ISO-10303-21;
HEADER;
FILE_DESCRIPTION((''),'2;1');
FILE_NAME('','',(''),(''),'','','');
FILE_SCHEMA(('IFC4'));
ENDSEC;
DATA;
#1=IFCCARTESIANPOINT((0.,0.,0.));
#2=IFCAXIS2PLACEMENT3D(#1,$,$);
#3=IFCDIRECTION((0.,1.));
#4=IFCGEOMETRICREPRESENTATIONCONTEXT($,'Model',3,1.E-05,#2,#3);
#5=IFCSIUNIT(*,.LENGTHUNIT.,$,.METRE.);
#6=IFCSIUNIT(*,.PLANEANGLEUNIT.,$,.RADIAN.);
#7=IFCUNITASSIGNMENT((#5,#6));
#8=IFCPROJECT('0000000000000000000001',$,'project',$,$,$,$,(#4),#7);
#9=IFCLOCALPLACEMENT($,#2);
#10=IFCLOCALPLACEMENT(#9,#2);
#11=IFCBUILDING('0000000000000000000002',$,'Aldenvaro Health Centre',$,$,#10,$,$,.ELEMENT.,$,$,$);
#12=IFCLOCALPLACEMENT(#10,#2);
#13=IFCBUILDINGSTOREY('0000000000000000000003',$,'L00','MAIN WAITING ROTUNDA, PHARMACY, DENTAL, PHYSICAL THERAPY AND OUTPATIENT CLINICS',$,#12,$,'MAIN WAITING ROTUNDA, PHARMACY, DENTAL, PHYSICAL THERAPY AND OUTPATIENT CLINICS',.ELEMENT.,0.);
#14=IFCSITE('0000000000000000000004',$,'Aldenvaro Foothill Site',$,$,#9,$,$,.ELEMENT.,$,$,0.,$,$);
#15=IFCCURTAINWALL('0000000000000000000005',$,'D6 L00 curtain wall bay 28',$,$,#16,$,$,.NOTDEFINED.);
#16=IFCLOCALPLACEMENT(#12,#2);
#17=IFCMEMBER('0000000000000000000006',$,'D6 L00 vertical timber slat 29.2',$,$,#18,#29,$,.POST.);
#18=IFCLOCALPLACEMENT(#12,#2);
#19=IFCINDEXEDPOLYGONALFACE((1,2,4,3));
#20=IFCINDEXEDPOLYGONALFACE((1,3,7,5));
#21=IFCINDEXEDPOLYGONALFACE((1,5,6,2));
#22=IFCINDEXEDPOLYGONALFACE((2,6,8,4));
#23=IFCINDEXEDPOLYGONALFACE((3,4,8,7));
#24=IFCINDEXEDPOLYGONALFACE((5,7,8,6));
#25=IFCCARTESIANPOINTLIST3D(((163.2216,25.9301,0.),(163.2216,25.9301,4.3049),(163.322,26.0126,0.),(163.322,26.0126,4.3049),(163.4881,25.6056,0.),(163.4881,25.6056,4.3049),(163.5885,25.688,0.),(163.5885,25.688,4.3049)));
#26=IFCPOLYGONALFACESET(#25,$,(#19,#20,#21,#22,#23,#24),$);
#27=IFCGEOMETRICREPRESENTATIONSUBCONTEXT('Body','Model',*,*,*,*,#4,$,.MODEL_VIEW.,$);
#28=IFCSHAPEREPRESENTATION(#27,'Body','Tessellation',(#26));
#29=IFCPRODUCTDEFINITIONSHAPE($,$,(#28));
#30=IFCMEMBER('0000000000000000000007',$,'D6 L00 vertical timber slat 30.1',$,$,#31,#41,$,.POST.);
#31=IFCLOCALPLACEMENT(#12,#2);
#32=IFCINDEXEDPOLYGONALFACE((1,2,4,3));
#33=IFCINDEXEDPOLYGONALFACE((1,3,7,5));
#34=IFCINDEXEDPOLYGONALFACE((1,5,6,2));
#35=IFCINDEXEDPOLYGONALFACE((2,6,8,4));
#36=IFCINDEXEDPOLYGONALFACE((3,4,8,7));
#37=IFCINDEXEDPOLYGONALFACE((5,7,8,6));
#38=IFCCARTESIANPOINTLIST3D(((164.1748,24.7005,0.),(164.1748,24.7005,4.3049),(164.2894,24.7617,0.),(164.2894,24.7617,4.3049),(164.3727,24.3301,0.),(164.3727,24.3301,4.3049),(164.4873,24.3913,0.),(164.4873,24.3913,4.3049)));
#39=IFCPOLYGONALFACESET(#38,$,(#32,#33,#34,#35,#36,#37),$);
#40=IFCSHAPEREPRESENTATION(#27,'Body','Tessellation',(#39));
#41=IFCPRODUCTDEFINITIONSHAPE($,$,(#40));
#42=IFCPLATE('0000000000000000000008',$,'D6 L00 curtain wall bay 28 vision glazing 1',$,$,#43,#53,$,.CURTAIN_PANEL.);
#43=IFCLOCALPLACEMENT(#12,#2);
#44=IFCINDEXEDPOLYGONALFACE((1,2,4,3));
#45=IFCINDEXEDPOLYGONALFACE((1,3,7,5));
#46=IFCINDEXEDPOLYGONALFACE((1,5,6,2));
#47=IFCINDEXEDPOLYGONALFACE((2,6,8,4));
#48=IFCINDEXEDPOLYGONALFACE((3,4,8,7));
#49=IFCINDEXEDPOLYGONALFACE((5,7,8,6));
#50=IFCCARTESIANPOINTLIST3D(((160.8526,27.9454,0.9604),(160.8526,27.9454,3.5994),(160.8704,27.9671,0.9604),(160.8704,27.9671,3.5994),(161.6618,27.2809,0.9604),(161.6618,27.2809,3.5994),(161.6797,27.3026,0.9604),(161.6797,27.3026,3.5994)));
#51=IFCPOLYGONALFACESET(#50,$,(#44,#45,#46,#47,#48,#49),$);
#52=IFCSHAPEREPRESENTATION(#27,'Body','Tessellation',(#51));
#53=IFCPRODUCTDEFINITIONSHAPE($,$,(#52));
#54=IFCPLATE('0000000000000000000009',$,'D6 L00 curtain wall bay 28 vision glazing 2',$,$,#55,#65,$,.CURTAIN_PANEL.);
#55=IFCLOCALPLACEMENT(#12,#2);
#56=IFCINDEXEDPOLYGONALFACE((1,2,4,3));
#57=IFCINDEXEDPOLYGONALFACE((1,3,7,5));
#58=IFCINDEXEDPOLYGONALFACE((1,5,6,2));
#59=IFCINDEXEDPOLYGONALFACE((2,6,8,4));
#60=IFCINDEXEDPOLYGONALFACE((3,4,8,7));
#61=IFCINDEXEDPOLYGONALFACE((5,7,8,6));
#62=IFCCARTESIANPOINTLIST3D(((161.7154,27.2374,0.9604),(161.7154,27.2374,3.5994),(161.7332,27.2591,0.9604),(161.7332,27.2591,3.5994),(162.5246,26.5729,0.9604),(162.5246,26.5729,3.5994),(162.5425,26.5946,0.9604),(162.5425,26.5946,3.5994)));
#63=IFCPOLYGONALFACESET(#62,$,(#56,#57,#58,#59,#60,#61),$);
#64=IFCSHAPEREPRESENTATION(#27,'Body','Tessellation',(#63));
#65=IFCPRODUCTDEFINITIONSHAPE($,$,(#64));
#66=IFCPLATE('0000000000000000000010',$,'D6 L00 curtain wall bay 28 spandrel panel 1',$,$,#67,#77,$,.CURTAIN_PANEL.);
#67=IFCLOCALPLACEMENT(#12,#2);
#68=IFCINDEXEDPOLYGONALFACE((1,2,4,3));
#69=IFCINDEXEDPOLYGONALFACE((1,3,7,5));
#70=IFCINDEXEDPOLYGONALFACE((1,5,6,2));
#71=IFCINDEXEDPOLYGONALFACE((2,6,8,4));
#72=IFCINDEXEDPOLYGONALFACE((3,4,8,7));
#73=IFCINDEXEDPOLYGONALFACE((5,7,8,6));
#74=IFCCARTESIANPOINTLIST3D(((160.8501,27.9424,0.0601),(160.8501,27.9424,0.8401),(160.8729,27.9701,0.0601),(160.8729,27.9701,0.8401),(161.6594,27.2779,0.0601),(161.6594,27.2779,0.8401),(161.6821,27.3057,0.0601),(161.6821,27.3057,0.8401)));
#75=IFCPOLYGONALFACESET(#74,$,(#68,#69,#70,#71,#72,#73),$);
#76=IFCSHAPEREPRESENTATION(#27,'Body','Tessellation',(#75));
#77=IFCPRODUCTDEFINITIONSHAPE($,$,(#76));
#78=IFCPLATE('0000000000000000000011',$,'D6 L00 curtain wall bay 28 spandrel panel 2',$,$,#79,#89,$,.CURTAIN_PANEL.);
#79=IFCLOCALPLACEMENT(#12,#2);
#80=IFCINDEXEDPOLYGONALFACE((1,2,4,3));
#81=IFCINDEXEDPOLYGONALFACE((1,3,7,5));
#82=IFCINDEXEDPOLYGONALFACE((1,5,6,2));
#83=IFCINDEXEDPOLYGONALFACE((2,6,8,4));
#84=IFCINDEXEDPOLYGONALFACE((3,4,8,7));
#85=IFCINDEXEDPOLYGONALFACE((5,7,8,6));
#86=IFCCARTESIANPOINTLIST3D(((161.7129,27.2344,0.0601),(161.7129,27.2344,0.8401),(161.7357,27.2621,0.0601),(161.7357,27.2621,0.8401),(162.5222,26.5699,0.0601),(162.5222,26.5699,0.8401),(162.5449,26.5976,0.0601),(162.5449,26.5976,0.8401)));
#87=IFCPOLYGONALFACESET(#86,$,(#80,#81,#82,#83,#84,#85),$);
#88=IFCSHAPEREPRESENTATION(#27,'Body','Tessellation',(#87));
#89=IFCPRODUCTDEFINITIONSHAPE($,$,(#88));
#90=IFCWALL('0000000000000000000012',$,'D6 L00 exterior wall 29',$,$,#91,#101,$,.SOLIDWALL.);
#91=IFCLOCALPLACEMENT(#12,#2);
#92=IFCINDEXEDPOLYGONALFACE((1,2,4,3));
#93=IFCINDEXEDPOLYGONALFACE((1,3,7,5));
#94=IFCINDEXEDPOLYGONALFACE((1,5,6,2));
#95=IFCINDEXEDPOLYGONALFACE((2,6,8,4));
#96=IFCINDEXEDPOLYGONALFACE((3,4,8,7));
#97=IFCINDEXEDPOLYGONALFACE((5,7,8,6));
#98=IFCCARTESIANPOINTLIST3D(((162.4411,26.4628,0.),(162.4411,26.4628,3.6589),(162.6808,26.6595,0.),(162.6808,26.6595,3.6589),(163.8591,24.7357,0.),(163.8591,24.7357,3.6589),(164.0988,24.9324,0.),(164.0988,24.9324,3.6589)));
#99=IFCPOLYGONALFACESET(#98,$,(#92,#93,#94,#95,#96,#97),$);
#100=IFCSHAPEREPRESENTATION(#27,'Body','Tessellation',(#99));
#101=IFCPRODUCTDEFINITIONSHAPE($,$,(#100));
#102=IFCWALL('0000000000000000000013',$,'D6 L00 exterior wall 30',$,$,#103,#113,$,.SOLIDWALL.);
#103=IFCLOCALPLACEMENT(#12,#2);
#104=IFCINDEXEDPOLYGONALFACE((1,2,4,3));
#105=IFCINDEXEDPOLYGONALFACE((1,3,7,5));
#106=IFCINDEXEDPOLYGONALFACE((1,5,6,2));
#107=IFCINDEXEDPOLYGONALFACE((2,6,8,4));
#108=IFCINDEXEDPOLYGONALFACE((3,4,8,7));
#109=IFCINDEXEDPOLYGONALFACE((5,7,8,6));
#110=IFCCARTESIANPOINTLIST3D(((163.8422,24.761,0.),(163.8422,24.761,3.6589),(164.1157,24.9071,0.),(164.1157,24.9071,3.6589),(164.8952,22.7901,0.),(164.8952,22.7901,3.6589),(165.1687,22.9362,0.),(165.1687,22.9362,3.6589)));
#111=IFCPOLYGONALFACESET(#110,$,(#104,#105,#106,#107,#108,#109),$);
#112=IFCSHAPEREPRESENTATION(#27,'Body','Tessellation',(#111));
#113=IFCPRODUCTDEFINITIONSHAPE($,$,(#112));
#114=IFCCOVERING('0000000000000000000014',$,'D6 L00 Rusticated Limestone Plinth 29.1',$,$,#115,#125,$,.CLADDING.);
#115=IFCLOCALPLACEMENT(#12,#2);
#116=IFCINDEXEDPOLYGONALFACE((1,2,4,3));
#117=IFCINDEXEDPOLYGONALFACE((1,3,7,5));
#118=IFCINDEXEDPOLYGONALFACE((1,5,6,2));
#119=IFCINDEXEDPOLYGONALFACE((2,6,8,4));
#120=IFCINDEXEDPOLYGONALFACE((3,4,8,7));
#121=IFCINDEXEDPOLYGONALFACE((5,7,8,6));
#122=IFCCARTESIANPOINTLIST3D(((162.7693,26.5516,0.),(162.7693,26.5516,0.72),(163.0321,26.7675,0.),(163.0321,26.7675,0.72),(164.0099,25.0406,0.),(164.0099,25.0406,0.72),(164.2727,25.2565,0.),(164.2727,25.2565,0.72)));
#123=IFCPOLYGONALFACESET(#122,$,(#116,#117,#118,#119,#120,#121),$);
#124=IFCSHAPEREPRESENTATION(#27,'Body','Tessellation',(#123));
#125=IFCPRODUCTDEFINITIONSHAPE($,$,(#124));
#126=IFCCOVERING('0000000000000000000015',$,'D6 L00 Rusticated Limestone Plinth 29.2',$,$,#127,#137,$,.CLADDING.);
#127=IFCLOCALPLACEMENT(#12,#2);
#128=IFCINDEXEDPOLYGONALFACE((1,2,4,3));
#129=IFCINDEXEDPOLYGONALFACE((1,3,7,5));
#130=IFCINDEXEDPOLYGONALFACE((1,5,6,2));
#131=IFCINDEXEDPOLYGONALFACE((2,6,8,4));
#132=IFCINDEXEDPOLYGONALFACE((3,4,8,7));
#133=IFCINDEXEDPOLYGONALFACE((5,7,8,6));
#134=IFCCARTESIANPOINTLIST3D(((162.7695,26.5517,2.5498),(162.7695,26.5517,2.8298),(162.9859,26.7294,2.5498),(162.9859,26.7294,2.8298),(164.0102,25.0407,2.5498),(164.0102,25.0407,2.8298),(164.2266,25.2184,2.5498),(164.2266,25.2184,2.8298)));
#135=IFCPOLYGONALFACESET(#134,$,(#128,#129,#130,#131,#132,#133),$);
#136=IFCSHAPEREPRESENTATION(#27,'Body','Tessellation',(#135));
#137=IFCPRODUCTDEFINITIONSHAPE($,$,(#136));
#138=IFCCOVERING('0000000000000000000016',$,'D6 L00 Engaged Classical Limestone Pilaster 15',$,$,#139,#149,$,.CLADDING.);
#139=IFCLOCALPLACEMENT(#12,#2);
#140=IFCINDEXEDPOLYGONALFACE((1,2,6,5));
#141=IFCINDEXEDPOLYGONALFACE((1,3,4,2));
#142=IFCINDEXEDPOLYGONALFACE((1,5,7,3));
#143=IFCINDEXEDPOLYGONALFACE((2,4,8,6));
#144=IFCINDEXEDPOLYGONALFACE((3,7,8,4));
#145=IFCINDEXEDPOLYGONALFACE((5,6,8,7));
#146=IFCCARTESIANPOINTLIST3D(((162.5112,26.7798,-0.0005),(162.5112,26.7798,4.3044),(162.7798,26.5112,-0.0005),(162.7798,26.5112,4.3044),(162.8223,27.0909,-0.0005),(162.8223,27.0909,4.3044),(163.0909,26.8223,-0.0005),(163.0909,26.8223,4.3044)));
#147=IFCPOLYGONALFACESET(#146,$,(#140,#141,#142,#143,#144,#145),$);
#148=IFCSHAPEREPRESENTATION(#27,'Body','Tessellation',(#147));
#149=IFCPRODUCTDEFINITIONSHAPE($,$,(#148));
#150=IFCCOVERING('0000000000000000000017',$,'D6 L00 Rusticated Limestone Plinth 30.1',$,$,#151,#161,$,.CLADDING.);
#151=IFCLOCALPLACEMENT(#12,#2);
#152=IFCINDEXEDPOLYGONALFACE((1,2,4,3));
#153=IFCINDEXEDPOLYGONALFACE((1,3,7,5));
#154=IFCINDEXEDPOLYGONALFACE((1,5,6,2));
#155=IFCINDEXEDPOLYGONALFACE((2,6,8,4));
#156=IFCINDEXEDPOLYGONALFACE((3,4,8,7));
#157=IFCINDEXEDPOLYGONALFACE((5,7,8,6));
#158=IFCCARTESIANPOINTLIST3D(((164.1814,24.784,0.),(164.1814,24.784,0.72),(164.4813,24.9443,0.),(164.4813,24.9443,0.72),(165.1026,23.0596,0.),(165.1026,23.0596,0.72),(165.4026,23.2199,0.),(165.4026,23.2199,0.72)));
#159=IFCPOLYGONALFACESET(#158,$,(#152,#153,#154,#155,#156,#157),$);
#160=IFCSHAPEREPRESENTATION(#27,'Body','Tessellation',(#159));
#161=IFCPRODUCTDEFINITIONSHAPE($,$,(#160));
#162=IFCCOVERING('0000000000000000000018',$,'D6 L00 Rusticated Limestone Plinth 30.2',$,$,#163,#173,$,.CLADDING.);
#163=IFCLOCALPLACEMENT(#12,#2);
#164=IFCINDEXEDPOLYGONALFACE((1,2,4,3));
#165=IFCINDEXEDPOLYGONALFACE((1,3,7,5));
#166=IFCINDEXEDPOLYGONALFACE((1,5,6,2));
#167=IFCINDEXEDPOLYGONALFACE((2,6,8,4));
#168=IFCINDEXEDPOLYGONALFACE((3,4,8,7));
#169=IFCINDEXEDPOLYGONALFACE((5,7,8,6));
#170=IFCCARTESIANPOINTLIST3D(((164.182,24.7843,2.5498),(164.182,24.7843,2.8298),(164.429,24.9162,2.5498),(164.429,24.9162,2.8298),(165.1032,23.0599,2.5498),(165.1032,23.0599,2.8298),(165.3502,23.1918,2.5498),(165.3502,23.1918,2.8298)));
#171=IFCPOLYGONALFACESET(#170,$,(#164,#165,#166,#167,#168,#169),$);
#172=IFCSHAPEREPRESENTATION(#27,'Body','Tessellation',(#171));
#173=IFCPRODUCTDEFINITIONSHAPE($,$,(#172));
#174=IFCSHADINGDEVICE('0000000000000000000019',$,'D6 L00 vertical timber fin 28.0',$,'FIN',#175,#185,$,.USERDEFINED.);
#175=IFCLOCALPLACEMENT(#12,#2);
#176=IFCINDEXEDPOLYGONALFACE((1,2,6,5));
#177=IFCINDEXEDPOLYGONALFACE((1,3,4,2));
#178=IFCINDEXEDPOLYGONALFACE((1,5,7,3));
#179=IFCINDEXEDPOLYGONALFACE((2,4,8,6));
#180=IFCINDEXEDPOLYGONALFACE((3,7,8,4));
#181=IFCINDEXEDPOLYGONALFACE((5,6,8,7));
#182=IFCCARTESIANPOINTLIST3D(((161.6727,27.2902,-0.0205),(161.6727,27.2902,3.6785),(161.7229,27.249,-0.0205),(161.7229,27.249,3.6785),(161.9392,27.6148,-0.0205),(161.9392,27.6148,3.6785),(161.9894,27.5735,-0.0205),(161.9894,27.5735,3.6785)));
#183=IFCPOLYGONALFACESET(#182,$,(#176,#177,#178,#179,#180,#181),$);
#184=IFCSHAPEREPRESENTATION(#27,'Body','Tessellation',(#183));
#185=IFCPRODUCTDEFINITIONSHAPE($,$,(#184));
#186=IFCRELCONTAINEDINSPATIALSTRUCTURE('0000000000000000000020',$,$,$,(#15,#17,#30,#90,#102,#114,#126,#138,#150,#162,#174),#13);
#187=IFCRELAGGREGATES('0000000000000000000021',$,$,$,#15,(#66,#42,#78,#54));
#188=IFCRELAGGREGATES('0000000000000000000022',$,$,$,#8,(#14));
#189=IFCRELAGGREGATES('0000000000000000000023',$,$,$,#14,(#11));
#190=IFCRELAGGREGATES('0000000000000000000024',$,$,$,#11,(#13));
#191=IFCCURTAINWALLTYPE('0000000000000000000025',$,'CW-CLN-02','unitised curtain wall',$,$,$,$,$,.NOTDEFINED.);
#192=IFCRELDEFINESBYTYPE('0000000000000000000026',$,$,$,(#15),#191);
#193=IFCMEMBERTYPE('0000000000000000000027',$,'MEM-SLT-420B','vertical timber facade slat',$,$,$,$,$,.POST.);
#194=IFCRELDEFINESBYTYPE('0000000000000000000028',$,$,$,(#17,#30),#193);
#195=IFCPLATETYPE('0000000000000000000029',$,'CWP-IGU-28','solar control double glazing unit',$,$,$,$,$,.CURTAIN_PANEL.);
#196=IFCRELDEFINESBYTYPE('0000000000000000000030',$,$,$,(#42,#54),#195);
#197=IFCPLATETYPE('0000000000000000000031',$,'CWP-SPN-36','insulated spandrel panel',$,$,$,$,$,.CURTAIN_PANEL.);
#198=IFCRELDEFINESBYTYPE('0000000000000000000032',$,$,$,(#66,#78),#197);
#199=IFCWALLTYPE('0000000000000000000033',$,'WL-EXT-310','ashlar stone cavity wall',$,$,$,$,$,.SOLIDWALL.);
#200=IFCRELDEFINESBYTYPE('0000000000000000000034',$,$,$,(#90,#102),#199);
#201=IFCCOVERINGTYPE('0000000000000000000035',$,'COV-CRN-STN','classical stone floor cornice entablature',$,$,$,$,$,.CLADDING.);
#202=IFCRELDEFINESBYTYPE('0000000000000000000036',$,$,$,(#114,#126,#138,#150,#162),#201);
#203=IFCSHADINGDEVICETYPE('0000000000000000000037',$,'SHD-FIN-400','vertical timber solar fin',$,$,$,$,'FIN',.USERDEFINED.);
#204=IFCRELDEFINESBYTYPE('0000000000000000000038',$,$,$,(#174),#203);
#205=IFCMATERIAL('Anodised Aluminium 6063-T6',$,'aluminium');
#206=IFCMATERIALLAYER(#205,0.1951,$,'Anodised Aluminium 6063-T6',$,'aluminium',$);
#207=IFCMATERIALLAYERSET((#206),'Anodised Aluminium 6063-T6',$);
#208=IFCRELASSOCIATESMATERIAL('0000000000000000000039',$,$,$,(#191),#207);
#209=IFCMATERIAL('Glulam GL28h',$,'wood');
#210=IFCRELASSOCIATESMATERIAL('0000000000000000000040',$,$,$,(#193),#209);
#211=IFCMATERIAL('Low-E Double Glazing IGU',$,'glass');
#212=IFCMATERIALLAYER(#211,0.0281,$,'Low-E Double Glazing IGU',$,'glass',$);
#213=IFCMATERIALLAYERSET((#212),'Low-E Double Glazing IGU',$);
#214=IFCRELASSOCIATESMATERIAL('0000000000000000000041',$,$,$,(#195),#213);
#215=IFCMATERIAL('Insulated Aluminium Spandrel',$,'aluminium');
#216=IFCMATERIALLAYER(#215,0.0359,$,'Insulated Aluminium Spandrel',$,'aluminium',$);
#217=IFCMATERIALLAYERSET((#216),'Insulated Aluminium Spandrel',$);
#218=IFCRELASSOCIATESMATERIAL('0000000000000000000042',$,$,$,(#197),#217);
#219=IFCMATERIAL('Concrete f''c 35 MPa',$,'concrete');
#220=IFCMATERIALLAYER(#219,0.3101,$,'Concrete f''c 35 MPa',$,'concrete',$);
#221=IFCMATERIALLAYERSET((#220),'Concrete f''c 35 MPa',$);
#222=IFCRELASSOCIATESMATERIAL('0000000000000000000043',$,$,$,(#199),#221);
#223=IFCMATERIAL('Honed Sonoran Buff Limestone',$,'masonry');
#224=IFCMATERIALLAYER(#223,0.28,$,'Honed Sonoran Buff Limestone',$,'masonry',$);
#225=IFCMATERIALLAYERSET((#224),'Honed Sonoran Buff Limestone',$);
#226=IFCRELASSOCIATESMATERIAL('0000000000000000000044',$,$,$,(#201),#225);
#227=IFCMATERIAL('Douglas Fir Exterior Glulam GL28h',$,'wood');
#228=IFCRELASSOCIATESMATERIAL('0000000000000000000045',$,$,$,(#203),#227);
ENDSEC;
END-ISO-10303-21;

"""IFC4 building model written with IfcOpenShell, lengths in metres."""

from ifc_helpers import new_model, si_unit, direction, frame, frame_2d, origin, origin_2d, place, context, subcontext, project, spatial, rectangle, extrude, material, layer, layer_set, material_profile, profile_set, type_object, element, aggregate, save


model = new_model("IFC4")

# Units and contexts
model_context = context("Model", 3, precision=1e-05, world=origin(), true_north=direction((0.0, 1.0)))
body_context = subcontext(model_context, "Body", "Model", "MODEL_VIEW")
ifc_project = project(units=[si_unit("LENGTHUNIT", "METRE"), si_unit("PLANEANGLEUNIT", "RADIAN")], contexts=[model_context])

# Site, building, storey
site_placement = place(None, origin())
site = spatial("IfcSite", under=ifc_project, at=site_placement, Name="Aldenvaro Foothill Site", CompositionType="ELEMENT", RefElevation=0.0)
building_placement = place(site_placement, origin())
building = spatial("IfcBuilding", under=site, at=building_placement, Name="Aldenvaro Health Centre", CompositionType="ELEMENT")
storey_placement = place(building_placement, origin())
storey = spatial("IfcBuildingStorey", under=building, at=storey_placement, Name="L00", Description="MAIN WAITING ROTUNDA, PHARMACY, DENTAL, PHYSICAL THERAPY AND OUTPATIENT CLINICS", LongName="MAIN WAITING ROTUNDA, PHARMACY, DENTAL, PHYSICAL THERAPY AND OUTPATIENT CLINICS", CompositionType="ELEMENT", Elevation=0.0)

# Shared definitions
ifc_material_1 = material(Name="Glulam GL28h", Category="wood")

# Curtain wall
ifc_material_2 = material(Name="Anodised Aluminium 6063-T6", Category="aluminium")
ifc_layer_1 = layer(ifc_material_2, 0.1951, Name="Anodised Aluminium 6063-T6", Category="aluminium")
ifc_layer_set_1 = layer_set([ifc_layer_1], Name="Anodised Aluminium 6063-T6")
curtain_wall_type = type_object("IfcCurtainWallType", Name="CW-CLN-02", Description="unitised curtain wall", PredefinedType="NOTDEFINED", material=ifc_layer_set_1)
curtain_wall_placement = place(storey_placement, origin())
curtain_wall = element("IfcCurtainWall", 1, at=curtain_wall_placement, inside=storey, type_object=curtain_wall_type, Name="D6 L00 curtain wall bay 28", PredefinedType="NOTDEFINED")

# Members
ifc_material_profile_1 = material_profile(ifc_material_1, rectangle(XDim=0.1299, YDim=0.4199, at=origin_2d()), Name="GL 130x420", Category="wood")
ifc_profile_set_1 = profile_set([ifc_material_profile_1], Name="Glulam GL28h")
member_type_1 = type_object("IfcMemberType", Name="MEM-SLT-420B", Description="vertical timber facade slat", PredefinedType="POST", material=ifc_profile_set_1)
for number, where, z_axis, x_axis, name in (
    (2, (163.405, 25.8091, 0.0), (0.0, 0.0, 1.0), (0.77286, 0.634577, 0.0), "D6 L00 vertical timber slat 29.2"),
    (3, (164.3311, 24.5459, 0.0), (0.0, 0.0, 1.0), (0.882018, 0.471215, 0.0), "D6 L00 vertical timber slat 30.1"),
):
    element("IfcMember", number, at=place(storey_placement, frame(where, z_axis=z_axis, x_axis=x_axis)), inside=storey, type_object=member_type_1, Name=name, PredefinedType="POST", context=body_context, shape_type="SweptSolid", body=[
        extrude(rectangle(XDim=0.1299, YDim=0.4199, at=origin_2d()), origin(), (0.0, 0.0, 1.0), 4.3049),
    ])

# Plates
ifc_material_3 = material(Name="Low-E Double Glazing IGU", Category="glass")
ifc_layer_2 = layer(ifc_material_3, 0.0281, Name="Low-E Double Glazing IGU", Category="glass")
ifc_layer_set_2 = layer_set([ifc_layer_2], Name="Low-E Double Glazing IGU")
plate_type_1 = type_object("IfcPlateType", Name="CWP-IGU-28", Description="solar control double glazing unit", PredefinedType="CURTAIN_PANEL", material=ifc_layer_set_2)
plate_1_placement = place(storey_placement, frame((161.2661, 27.624, 0.9604), z_axis=(0.0, 0.0, 1.0), x_axis=(0.77286, -0.634577, 0.0)))
plate_1 = element("IfcPlate", 4, at=plate_1_placement, type_object=plate_type_1, Name="D6 L00 curtain wall bay 28 vision glazing 1", PredefinedType="CURTAIN_PANEL", context=body_context, shape_type="SweptSolid", body=[
    extrude(rectangle(XDim=1.0471, YDim=0.0281, at=origin_2d()), origin(), (0.0, 0.0, 1.0), 2.6389),
])
plate_2_placement = place(storey_placement, frame((162.1289, 26.916, 0.9604), z_axis=(0.0, 0.0, 1.0), x_axis=(0.77286, -0.634577, 0.0)))
plate_2 = element("IfcPlate", 5, at=plate_2_placement, type_object=plate_type_1, Name="D6 L00 curtain wall bay 28 vision glazing 2", PredefinedType="CURTAIN_PANEL", context=body_context, shape_type="SweptSolid", body=[
    extrude(rectangle(XDim=1.0471, YDim=0.0281, at=origin_2d()), origin(), (0.0, 0.0, 1.0), 2.6389),
])
ifc_material_4 = material(Name="Insulated Aluminium Spandrel", Category="aluminium")
ifc_layer_3 = layer(ifc_material_4, 0.0359, Name="Insulated Aluminium Spandrel", Category="aluminium")
ifc_layer_set_3 = layer_set([ifc_layer_3], Name="Insulated Aluminium Spandrel")
plate_type_2 = type_object("IfcPlateType", Name="CWP-SPN-36", Description="insulated spandrel panel", PredefinedType="CURTAIN_PANEL", material=ifc_layer_set_3)
plate_3_placement = place(storey_placement, frame((161.2661, 27.624, 0.0601), z_axis=(0.0, 0.0, 1.0), x_axis=(0.77286, -0.634577, 0.0)))
plate_3 = element("IfcPlate", 6, at=plate_3_placement, type_object=plate_type_2, Name="D6 L00 curtain wall bay 28 spandrel panel 1", PredefinedType="CURTAIN_PANEL", context=body_context, shape_type="SweptSolid", body=[
    extrude(rectangle(XDim=1.0471, YDim=0.0359, at=origin_2d()), origin(), (0.0, 0.0, 1.0), 0.78),
])
plate_4_placement = place(storey_placement, frame((162.1289, 26.916, 0.0601), z_axis=(0.0, 0.0, 1.0), x_axis=(0.77286, -0.634577, 0.0)))
plate_4 = element("IfcPlate", 7, at=plate_4_placement, type_object=plate_type_2, Name="D6 L00 curtain wall bay 28 spandrel panel 2", PredefinedType="CURTAIN_PANEL", context=body_context, shape_type="SweptSolid", body=[
    extrude(rectangle(XDim=1.0471, YDim=0.0359, at=origin_2d()), origin(), (0.0, 0.0, 1.0), 0.78),
])
aggregate(curtain_wall, [plate_3, plate_1, plate_4, plate_2])

# Walls
ifc_material_5 = material(Name="Concrete f'c 35 MPa", Category="concrete")
ifc_layer_4 = layer(ifc_material_5, 0.3101, Name="Concrete f'c 35 MPa", Category="concrete")
ifc_layer_set_4 = layer_set([ifc_layer_4], Name="Concrete f'c 35 MPa")
wall_type = type_object("IfcWallType", Name="WL-EXT-310", Description="ashlar stone cavity wall", PredefinedType="SOLIDWALL", material=ifc_layer_set_4)
for number, where, z_axis, x_axis, name in (
    (8, (162.561, 26.561, 0.0), (0.0, 0.0, 1.0), (0.634558, -0.772876, 0.0), "D6 L00 exterior wall 29"),
    (9, (163.979, 24.834, 0.0), (0.0, 0.0, 1.0), (0.471218, -0.882017, 0.0), "D6 L00 exterior wall 30"),
):
    element("IfcWall", number, at=place(storey_placement, frame(where, z_axis=z_axis, x_axis=x_axis)), inside=storey, type_object=wall_type, Name=name, PredefinedType="SOLIDWALL", context=body_context, shape_type="SweptSolid", body=[
        extrude(rectangle(XDim=2.2346, YDim=0.3101, at=frame_2d((1.1172, 0.0))), origin(), (0.0, 0.0, 1.0), 3.6589),
    ])

# Coverings
ifc_material_6 = material(Name="Honed Sonoran Buff Limestone", Category="masonry")
ifc_layer_5 = layer(ifc_material_6, 0.28, Name="Honed Sonoran Buff Limestone", Category="masonry")
ifc_layer_set_5 = layer_set([ifc_layer_5], Name="Honed Sonoran Buff Limestone")
covering_type = type_object("IfcCoveringType", Name="COV-CRN-STN", Description="classical stone floor cornice entablature", PredefinedType="CLADDING", material=ifc_layer_set_5)
covering_1_placement = place(storey_placement, frame((163.521, 25.9041, 0.0), z_axis=(0.0, 0.0, 1.0), x_axis=(0.634577, -0.77286, 0.0)))
element("IfcCovering", 10, at=covering_1_placement, inside=storey, type_object=covering_type, Name="D6 L00 Rusticated Limestone Plinth 29.1", PredefinedType="CLADDING", context=body_context, shape_type="SweptSolid", body=[
    extrude(rectangle(XDim=1.9551, YDim=0.3401, at=origin_2d()), origin(), (0.0, 0.0, 1.0), 0.72),
])
covering_2_placement = place(storey_placement, frame((163.498, 25.885, 2.5498), z_axis=(0.0, 0.0, 1.0), x_axis=(0.634577, -0.77286, 0.0)))
element("IfcCovering", 11, at=covering_2_placement, inside=storey, type_object=covering_type, Name="D6 L00 Rusticated Limestone Plinth 29.2", PredefinedType="CLADDING", context=body_context, shape_type="SweptSolid", body=[
    extrude(rectangle(XDim=1.9551, YDim=0.28, at=origin_2d()), origin(), (0.0, 0.0, 1.0), 0.28),
])
covering_3_placement = place(storey_placement, frame((162.801, 26.801, -0.0005), z_axis=(0.0, 0.0, 1.0), x_axis=(0.707107, 0.707107, 0.0)))
element("IfcCovering", 12, at=covering_3_placement, inside=storey, type_object=covering_type, Name="D6 L00 Engaged Classical Limestone Pilaster 15", PredefinedType="CLADDING", context=body_context, shape_type="SweptSolid", body=[
    extrude(rectangle(XDim=0.4399, YDim=0.3799, at=origin_2d()), origin(), (0.0, 0.0, 1.0), 4.3049),
])
covering_4_placement = place(storey_placement, frame((164.792, 24.002, 0.0), z_axis=(0.0, 0.0, 1.0), x_axis=(0.471215, -0.882018, 0.0)))
element("IfcCovering", 13, at=covering_4_placement, inside=storey, type_object=covering_type, Name="D6 L00 Rusticated Limestone Plinth 30.1", PredefinedType="CLADDING", context=body_context, shape_type="SweptSolid", body=[
    extrude(rectangle(XDim=1.9551, YDim=0.3401, at=origin_2d()), origin(), (0.0, 0.0, 1.0), 0.72),
])
covering_5_placement = place(storey_placement, frame((164.7661, 23.988, 2.5498), z_axis=(0.0, 0.0, 1.0), x_axis=(0.471215, -0.882018, 0.0)))
element("IfcCovering", 14, at=covering_5_placement, inside=storey, type_object=covering_type, Name="D6 L00 Rusticated Limestone Plinth 30.2", PredefinedType="CLADDING", context=body_context, shape_type="SweptSolid", body=[
    extrude(rectangle(XDim=1.9551, YDim=0.28, at=origin_2d()), origin(), (0.0, 0.0, 1.0), 0.28),
])

# Shading device
ifc_material_7 = material(Name="Douglas Fir Exterior Glulam GL28h", Category="wood")
shading_device_type = type_object("IfcShadingDeviceType", Name="SHD-FIN-400", Description="vertical timber solar fin", ElementType="FIN", PredefinedType="USERDEFINED", material=ifc_material_7)
shading_device_placement = place(storey_placement, frame((161.8311, 27.4319, -0.0205), z_axis=(0.0, 0.0, 1.0), x_axis=(0.77286, -0.634577, 0.0)))
element("IfcShadingDevice", 15, at=shading_device_placement, inside=storey, type_object=shading_device_type, Name="D6 L00 vertical timber fin 28.0", ObjectType="FIN", PredefinedType="USERDEFINED", context=body_context, shape_type="SweptSolid", body=[
    extrude(rectangle(XDim=0.0649, YDim=0.4199, at=origin_2d()), origin(), (0.0, 0.0, 1.0), 3.699),
])

save(model, "model.ifc")
